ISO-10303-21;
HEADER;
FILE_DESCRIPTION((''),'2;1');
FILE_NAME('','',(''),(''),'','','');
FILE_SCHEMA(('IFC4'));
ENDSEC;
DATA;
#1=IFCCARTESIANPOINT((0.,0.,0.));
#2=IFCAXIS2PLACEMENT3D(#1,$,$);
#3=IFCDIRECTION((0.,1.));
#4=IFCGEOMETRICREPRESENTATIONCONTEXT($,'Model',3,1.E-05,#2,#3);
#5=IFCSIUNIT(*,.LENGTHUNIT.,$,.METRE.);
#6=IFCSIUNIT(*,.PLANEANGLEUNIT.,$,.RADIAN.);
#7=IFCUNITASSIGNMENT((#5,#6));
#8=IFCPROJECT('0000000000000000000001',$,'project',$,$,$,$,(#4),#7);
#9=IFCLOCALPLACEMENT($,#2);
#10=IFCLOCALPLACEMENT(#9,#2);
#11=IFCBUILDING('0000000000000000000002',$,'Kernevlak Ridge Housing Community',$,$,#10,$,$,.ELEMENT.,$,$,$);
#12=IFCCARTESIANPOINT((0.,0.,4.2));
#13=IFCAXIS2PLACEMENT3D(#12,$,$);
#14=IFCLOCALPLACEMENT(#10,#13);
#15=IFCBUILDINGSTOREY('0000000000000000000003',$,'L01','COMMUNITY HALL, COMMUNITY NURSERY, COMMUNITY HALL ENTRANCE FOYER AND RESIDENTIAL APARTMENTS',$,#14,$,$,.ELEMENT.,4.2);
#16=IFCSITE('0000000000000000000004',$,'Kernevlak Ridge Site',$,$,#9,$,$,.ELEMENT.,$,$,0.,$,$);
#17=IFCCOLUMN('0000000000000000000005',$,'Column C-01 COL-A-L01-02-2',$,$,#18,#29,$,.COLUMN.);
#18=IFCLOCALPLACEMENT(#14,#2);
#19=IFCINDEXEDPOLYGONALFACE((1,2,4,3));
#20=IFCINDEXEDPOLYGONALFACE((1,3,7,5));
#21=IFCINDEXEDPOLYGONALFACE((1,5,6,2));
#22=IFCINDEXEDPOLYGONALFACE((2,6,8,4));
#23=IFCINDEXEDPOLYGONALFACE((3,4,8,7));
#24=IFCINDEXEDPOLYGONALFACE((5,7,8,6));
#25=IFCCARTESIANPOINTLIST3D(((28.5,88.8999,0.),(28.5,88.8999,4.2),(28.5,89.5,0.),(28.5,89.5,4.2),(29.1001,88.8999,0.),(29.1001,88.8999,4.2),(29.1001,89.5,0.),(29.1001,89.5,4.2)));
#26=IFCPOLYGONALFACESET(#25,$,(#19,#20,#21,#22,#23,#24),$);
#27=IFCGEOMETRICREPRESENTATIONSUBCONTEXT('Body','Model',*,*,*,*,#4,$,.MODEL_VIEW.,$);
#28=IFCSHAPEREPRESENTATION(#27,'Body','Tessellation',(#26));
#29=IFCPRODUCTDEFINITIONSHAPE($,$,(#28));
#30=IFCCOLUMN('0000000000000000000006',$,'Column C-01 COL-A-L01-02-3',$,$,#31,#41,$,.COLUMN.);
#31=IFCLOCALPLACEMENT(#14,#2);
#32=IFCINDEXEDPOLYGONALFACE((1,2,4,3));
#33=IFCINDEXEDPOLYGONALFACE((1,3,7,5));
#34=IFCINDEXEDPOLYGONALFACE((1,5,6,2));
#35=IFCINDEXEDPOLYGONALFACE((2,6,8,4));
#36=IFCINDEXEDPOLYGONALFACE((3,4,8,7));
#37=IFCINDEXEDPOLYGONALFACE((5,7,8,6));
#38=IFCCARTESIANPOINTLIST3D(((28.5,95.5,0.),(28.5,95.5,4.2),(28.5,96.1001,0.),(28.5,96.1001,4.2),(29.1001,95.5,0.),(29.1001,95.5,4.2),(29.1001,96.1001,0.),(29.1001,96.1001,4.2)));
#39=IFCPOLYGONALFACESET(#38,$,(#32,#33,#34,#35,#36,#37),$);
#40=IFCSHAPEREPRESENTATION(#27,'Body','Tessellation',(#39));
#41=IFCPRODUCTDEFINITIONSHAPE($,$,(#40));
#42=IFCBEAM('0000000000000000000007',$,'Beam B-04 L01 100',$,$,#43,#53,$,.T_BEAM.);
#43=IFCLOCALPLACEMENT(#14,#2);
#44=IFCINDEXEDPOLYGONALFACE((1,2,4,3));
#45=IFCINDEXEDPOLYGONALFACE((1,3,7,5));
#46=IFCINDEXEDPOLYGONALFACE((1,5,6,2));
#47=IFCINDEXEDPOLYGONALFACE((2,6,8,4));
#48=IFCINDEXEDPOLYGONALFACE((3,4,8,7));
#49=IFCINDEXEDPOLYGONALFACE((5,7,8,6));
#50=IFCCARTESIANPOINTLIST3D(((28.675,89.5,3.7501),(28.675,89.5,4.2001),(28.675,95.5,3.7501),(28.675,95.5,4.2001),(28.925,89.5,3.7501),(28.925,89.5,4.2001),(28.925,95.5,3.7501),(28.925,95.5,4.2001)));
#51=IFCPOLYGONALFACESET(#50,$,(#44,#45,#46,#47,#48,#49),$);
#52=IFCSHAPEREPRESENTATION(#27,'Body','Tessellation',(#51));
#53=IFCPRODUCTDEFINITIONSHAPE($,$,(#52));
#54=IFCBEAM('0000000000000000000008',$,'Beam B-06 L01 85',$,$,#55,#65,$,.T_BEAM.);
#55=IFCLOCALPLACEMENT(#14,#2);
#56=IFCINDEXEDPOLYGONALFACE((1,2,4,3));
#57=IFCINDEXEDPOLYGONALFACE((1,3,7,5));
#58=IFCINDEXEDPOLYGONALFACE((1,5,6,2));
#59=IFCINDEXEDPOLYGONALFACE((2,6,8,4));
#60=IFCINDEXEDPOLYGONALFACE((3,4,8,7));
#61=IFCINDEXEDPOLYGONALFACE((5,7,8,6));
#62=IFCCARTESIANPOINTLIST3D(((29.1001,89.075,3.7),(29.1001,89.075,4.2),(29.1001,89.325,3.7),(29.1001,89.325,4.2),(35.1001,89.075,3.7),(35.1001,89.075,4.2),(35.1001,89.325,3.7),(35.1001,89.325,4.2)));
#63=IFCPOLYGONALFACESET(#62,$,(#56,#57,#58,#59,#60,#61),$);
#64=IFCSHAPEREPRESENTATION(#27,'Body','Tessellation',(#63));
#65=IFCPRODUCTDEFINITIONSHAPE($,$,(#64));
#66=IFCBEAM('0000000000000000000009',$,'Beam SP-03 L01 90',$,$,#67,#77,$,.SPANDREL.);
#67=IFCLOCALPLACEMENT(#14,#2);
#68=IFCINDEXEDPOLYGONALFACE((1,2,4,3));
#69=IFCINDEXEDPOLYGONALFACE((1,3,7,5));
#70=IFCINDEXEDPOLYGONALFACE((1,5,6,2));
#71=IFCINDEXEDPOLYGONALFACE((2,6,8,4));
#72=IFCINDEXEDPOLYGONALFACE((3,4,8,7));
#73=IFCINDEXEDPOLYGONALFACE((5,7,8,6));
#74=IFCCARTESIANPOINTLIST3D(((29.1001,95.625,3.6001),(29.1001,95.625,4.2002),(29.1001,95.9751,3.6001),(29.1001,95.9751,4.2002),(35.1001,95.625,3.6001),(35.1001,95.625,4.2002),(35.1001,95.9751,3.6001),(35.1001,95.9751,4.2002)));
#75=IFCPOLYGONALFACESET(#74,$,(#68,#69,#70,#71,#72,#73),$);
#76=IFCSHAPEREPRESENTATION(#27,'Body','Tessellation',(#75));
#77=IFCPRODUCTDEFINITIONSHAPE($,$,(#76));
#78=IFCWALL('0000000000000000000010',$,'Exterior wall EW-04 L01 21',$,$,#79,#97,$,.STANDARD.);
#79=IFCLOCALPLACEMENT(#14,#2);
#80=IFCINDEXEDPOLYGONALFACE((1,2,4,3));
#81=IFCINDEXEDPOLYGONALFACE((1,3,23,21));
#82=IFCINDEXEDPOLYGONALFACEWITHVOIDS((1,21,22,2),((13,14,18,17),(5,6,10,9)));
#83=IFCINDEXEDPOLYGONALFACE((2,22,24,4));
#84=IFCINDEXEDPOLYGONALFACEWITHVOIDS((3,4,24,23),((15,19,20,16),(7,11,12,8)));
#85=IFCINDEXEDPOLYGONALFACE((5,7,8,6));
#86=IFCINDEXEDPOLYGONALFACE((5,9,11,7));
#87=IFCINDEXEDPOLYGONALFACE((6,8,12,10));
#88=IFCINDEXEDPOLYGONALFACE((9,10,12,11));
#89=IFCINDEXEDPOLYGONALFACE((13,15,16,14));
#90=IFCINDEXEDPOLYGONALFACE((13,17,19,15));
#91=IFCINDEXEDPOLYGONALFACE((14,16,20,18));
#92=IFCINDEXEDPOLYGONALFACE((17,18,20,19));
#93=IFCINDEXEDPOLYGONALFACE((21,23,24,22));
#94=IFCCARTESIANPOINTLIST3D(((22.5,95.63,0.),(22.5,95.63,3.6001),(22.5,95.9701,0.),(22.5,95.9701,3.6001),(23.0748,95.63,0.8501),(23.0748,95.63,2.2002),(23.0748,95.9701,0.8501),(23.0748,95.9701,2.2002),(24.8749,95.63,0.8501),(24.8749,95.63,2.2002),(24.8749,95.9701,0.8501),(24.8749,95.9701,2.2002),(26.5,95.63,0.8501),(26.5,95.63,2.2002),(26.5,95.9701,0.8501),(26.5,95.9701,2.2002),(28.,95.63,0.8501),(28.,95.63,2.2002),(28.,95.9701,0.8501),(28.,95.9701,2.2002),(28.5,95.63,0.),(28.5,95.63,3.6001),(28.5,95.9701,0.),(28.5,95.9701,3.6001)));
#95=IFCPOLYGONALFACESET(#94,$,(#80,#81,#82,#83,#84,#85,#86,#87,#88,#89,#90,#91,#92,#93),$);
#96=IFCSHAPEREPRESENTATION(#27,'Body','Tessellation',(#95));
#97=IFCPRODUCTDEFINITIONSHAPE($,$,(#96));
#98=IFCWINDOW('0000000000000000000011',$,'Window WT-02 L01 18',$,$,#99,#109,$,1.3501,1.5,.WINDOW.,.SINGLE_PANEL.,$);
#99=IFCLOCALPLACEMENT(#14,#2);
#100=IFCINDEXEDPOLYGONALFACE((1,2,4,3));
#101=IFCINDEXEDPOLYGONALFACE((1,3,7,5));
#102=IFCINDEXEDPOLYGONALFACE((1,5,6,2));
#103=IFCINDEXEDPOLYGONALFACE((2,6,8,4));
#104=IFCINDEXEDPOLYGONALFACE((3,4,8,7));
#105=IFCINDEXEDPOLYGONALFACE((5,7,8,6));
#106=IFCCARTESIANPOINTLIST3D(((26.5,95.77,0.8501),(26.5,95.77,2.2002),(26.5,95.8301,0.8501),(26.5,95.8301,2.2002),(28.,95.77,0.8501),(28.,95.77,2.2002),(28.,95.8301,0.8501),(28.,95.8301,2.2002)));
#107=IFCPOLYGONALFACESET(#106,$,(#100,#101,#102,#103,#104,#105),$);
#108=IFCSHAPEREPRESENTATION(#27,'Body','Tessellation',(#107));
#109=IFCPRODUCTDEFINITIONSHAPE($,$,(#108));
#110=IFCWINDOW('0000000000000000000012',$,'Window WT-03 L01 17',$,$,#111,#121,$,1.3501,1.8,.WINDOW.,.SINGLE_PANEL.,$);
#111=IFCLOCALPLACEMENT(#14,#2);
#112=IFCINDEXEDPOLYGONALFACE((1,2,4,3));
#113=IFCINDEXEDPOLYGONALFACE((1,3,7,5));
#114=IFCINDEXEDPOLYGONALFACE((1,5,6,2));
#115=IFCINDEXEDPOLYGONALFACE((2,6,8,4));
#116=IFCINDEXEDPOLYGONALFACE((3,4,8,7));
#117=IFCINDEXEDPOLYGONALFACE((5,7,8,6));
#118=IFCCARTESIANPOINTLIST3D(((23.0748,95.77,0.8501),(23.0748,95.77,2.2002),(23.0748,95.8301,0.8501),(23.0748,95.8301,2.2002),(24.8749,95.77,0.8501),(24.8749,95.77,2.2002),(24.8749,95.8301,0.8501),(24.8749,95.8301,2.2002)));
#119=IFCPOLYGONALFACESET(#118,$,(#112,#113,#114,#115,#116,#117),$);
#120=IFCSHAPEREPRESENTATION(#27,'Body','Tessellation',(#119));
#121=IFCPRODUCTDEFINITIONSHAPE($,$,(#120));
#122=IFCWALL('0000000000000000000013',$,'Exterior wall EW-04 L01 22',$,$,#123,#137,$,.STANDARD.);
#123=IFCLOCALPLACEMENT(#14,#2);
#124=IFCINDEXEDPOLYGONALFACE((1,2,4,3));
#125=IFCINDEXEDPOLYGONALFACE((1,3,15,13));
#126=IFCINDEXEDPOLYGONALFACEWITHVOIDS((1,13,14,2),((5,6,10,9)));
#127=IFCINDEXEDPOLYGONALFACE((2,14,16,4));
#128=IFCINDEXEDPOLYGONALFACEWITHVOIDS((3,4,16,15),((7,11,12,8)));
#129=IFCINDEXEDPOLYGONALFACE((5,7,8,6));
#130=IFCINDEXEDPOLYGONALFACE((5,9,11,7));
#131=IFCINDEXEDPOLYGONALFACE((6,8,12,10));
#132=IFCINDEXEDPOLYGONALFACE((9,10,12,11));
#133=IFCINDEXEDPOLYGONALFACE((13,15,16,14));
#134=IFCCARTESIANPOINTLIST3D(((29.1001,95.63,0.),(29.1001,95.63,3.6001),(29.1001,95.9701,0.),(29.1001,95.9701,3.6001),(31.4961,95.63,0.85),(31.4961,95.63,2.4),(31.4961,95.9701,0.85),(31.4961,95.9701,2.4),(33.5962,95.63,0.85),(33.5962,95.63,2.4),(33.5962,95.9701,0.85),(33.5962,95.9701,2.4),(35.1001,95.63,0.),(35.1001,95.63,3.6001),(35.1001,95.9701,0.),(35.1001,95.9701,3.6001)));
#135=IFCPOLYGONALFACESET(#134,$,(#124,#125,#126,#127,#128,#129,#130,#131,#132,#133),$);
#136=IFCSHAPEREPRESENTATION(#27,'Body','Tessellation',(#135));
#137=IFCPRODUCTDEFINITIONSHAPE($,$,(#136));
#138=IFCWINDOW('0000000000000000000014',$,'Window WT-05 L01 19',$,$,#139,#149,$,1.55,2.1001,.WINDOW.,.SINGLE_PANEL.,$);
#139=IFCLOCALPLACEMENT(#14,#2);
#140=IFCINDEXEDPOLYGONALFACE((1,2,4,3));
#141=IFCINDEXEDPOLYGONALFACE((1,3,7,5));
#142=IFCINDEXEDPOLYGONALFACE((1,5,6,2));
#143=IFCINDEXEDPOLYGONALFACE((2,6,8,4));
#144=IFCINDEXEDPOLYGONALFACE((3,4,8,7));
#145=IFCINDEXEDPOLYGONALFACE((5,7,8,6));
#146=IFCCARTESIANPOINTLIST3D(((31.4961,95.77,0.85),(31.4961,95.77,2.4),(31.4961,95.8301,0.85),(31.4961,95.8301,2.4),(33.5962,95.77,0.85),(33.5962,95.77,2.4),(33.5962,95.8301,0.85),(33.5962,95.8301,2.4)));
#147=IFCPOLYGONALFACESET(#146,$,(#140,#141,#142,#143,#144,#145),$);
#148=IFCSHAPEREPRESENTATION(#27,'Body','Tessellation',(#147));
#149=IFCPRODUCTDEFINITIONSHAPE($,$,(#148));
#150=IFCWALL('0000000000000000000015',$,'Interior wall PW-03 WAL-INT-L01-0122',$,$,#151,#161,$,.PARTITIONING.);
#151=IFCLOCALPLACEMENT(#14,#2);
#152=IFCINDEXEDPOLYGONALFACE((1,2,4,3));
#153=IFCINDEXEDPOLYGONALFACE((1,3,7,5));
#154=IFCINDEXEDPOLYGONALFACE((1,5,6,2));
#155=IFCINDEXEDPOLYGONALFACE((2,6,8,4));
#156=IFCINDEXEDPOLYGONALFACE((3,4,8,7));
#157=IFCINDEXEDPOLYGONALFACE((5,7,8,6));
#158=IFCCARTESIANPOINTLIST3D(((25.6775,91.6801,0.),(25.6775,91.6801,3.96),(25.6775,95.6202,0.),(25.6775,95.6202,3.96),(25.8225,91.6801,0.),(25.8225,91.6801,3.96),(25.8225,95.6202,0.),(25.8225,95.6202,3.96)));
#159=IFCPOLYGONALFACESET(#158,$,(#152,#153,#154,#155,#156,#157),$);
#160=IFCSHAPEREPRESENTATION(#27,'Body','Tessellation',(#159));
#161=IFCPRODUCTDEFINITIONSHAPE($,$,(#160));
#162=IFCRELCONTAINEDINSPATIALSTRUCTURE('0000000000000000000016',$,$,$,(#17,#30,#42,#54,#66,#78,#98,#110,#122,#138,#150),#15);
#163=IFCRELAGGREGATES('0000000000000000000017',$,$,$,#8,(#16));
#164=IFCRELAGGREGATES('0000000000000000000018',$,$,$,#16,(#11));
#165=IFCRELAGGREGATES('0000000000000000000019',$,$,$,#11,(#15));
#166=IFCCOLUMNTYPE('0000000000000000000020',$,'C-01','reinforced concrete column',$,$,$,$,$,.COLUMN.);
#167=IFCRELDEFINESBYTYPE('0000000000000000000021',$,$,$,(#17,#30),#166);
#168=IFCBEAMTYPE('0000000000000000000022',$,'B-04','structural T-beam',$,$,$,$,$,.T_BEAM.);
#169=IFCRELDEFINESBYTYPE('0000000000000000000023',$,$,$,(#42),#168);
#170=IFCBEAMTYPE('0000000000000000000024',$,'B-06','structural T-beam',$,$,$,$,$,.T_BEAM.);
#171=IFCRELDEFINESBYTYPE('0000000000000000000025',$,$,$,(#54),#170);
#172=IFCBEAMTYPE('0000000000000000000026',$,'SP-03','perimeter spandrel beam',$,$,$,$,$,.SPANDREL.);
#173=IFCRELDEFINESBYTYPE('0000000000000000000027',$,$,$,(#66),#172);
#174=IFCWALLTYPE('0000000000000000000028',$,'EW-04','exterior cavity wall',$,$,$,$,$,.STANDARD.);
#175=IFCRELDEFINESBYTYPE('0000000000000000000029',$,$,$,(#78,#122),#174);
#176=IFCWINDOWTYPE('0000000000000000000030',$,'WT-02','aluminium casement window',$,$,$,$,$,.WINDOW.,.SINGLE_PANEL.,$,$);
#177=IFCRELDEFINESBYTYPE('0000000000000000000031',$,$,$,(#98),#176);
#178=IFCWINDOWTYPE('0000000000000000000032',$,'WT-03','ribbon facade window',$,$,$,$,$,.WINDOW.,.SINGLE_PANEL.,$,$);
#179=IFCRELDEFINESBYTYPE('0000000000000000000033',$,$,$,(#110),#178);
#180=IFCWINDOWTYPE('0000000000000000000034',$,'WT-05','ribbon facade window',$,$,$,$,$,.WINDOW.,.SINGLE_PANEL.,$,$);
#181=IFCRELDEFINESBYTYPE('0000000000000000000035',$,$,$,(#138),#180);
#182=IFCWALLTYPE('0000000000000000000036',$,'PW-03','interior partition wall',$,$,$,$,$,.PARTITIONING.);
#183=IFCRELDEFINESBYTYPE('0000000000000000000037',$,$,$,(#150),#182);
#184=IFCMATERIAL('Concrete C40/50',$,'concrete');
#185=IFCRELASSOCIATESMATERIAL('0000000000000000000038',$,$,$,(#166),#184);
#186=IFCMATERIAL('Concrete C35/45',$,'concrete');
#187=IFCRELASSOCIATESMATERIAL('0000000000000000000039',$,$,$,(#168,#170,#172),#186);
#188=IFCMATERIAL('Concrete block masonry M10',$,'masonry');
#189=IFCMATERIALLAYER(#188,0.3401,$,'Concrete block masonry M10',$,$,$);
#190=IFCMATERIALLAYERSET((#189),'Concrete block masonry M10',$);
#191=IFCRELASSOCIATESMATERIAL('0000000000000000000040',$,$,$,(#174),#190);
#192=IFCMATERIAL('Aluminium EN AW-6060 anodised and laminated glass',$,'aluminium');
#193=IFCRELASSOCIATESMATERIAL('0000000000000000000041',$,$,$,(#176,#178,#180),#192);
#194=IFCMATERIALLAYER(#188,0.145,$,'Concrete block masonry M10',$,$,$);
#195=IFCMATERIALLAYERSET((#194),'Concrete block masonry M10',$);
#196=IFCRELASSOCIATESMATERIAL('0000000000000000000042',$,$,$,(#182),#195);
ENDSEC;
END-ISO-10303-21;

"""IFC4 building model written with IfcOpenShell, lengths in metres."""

from ifc_helpers import new_model, si_unit, direction, frame, frame_2d, origin, origin_2d, place, context, subcontext, project, spatial, rectangle, extrude, material, layer, layer_set, material_profile, profile_set, type_object, element, fill, save


model = new_model("IFC4")

# Units and contexts
model_context = context("Model", 3, precision=1e-05, world=origin(), true_north=direction((0.0, 1.0)))
body_context = subcontext(model_context, "Body", "Model", "MODEL_VIEW")
ifc_project = project(units=[si_unit("LENGTHUNIT", "METRE"), si_unit("PLANEANGLEUNIT", "RADIAN")], contexts=[model_context])

# Site, building, storey
site_placement = place(None, origin())
site = spatial("IfcSite", under=ifc_project, at=site_placement, Name="Kernevlak Ridge Site", CompositionType="ELEMENT", RefElevation=0.0)
building_placement = place(site_placement, origin())
building = spatial("IfcBuilding", under=site, at=building_placement, Name="Kernevlak Ridge Housing Community", CompositionType="ELEMENT")
storey_placement = place(building_placement, frame((0.0, 0.0, 4.2)))
storey = spatial("IfcBuildingStorey", under=building, at=storey_placement, Name="L01", Description="COMMUNITY HALL, COMMUNITY NURSERY, COMMUNITY HALL ENTRANCE FOYER AND RESIDENTIAL APARTMENTS", CompositionType="ELEMENT", Elevation=4.2)

# Columns
ifc_material_1 = material(Name="Concrete C40/50", Category="concrete")
ifc_material_profile_1 = material_profile(ifc_material_1, rectangle(XDim=0.6001, YDim=0.6001, at=origin_2d()), Name="RC 600x600")
ifc_profile_set_1 = profile_set([ifc_material_profile_1], Name="Concrete C40/50")
column_type = type_object("IfcColumnType", Name="C-01", Description="reinforced concrete column", PredefinedType="COLUMN", material=ifc_profile_set_1)
for number, where, z_axis, x_axis, name in (
    (1, (28.8, 89.2, 0.0), (0.0, 0.0, 1.0), (1.0, 0.0, 0.0), "Column C-01 COL-A-L01-02-2"),
    (2, (28.8, 95.8, 0.0), (0.0, 0.0, 1.0), (1.0, 0.0, 0.0), "Column C-01 COL-A-L01-02-3"),
):
    element("IfcColumn", number, at=place(storey_placement, frame(where, z_axis=z_axis, x_axis=x_axis)), inside=storey, type_object=column_type, Name=name, PredefinedType="COLUMN", context=body_context, shape_type="SweptSolid", body=[
        extrude(rectangle(XDim=0.6001, YDim=0.6001, at=origin_2d()), origin(), (0.0, 0.0, 1.0), 4.2),
    ])

# Beams
ifc_material_2 = material(Name="Concrete C35/45", Category="concrete")
ifc_material_profile_2 = material_profile(ifc_material_2, rectangle(XDim=0.25, YDim=0.45, at=origin_2d()), Name="RC 250x450")
ifc_profile_set_2 = profile_set([ifc_material_profile_2], Name="Concrete C35/45")
beam_type_1 = type_object("IfcBeamType", Name="B-04", Description="structural T-beam", PredefinedType="T_BEAM", material=ifc_profile_set_2)
beam_1_placement = place(storey_placement, frame((28.8, 89.5, 3.9751), z_axis=(0.0, 1.0, 0.0), x_axis=(-1.0, 0.0, 0.0)))
element("IfcBeam", 3, at=beam_1_placement, inside=storey, type_object=beam_type_1, Name="Beam B-04 L01 100", PredefinedType="T_BEAM", context=body_context, shape_type="SweptSolid", body=[
    extrude(rectangle(XDim=0.25, YDim=0.45, at=origin_2d()), origin(), (0.0, 0.0, 1.0), 6.0),
])
ifc_material_profile_3 = material_profile(ifc_material_2, rectangle(XDim=0.25, YDim=0.5, at=origin_2d()), Name="RC 250x500")
ifc_profile_set_3 = profile_set([ifc_material_profile_3], Name="Concrete C35/45")
beam_type_2 = type_object("IfcBeamType", Name="B-06", Description="structural T-beam", PredefinedType="T_BEAM", material=ifc_profile_set_3)
beam_2_placement = place(storey_placement, frame((29.1001, 89.2, 3.95), z_axis=(1.0, 0.0, 0.0), x_axis=(0.0, 1.0, 0.0)))
element("IfcBeam", 4, at=beam_2_placement, inside=storey, type_object=beam_type_2, Name="Beam B-06 L01 85", PredefinedType="T_BEAM", context=body_context, shape_type="SweptSolid", body=[
    extrude(rectangle(XDim=0.25, YDim=0.5, at=origin_2d()), origin(), (0.0, 0.0, 1.0), 6.0),
])
ifc_material_profile_4 = material_profile(ifc_material_2, rectangle(XDim=0.3501, YDim=0.6001, at=origin_2d()), Name="RC 350x600")
ifc_profile_set_4 = profile_set([ifc_material_profile_4], Name="Concrete C35/45")
beam_type_3 = type_object("IfcBeamType", Name="SP-03", Description="perimeter spandrel beam", PredefinedType="SPANDREL", material=ifc_profile_set_4)
beam_3_placement = place(storey_placement, frame((29.1001, 95.8, 3.9001), z_axis=(1.0, 0.0, 0.0), x_axis=(0.0, 1.0, 0.0)))
element("IfcBeam", 5, at=beam_3_placement, inside=storey, type_object=beam_type_3, Name="Beam SP-03 L01 90", PredefinedType="SPANDREL", context=body_context, shape_type="SweptSolid", body=[
    extrude(rectangle(XDim=0.3501, YDim=0.6001, at=origin_2d()), origin(), (0.0, 0.0, 1.0), 6.0),
])

# Wall, openings, windows
ifc_material_3 = material(Name="Concrete block masonry M10", Category="masonry")
ifc_layer_1 = layer(ifc_material_3, 0.3401, Name="Concrete block masonry M10")
ifc_layer_set_1 = layer_set([ifc_layer_1], Name="Concrete block masonry M10")
wall_type_1 = type_object("IfcWallType", Name="EW-04", Description="exterior cavity wall", PredefinedType="STANDARD", material=ifc_layer_set_1)
wall_1_placement = place(storey_placement, frame((22.5, 95.8, 0.0), z_axis=(0.0, 0.0, 1.0), x_axis=(1.0, 0.0, 0.0)))
wall_1 = element("IfcWall", 6, at=wall_1_placement, inside=storey, type_object=wall_type_1, Name="Exterior wall EW-04 L01 21", PredefinedType="STANDARD", context=body_context, shape_type="SweptSolid", body=[
    extrude(rectangle(XDim=6.0, YDim=0.3401, at=frame_2d((3.0, 0.0))), origin(), (0.0, 0.0, 1.0), 3.6001),
])
opening_1_placement = place(wall_1_placement, frame((0.575, 0.0, 0.8501)))
opening_1 = element("IfcOpeningElement", 7, at=opening_1_placement, cuts=wall_1, PredefinedType="OPENING", context=body_context, shape_type="SweptSolid", body=[
    extrude(rectangle(XDim=1.8, YDim=1.3501, at=frame_2d((0.8999, 0.675))), frame((0.0, 0.1799, 0.0), z_axis=(0.0, -1.0, 0.0), x_axis=(1.0, 0.0, 0.0)), (0.0, 0.0, 1.0), 0.3601),
])
opening_2_placement = place(wall_1_placement, frame((4.0, 0.0, 0.8501)))
opening_2 = element("IfcOpeningElement", 8, at=opening_2_placement, cuts=wall_1, PredefinedType="OPENING", context=body_context, shape_type="SweptSolid", body=[
    extrude(rectangle(XDim=1.5, YDim=1.3501, at=frame_2d((0.75, 0.675))), frame((0.0, 0.1799, 0.0), z_axis=(0.0, -1.0, 0.0), x_axis=(1.0, 0.0, 0.0)), (0.0, 0.0, 1.0), 0.3601),
])
ifc_material_4 = material(Name="Aluminium EN AW-6060 anodised and laminated glass", Category="aluminium")
window_type_1 = type_object("IfcWindowType", Name="WT-02", Description="aluminium casement window", PartitioningType="SINGLE_PANEL", PredefinedType="WINDOW", material=ifc_material_4)
window_1_placement = place(opening_2_placement, origin())
window_1 = element("IfcWindow", 9, at=window_1_placement, inside=storey, type_object=window_type_1, Name="Window WT-02 L01 18", OverallHeight=1.3501, OverallWidth=1.5, PartitioningType="SINGLE_PANEL", PredefinedType="WINDOW", context=body_context, shape_type="SweptSolid", body=[
    extrude(rectangle(XDim=1.5, YDim=1.3501, at=frame_2d((0.75, 0.675))), frame((0.0, 0.03, 0.0), z_axis=(0.0, -1.0, 0.0), x_axis=(1.0, 0.0, 0.0)), (0.0, 0.0, 1.0), 0.0601),
])
fill(opening_2, window_1)
window_type_2 = type_object("IfcWindowType", Name="WT-03", Description="ribbon facade window", PartitioningType="SINGLE_PANEL", PredefinedType="WINDOW", material=ifc_material_4)
window_2_placement = place(opening_1_placement, origin())
window_2 = element("IfcWindow", 10, at=window_2_placement, inside=storey, type_object=window_type_2, Name="Window WT-03 L01 17", OverallHeight=1.3501, OverallWidth=1.8, PartitioningType="SINGLE_PANEL", PredefinedType="WINDOW", context=body_context, shape_type="SweptSolid", body=[
    extrude(rectangle(XDim=1.8, YDim=1.3501, at=frame_2d((0.8999, 0.675))), frame((0.0, 0.03, 0.0), z_axis=(0.0, -1.0, 0.0), x_axis=(1.0, 0.0, 0.0)), (0.0, 0.0, 1.0), 0.0601),
])
fill(opening_1, window_2)

# Wall, opening, window
wall_2_placement = place(storey_placement, frame((29.1001, 95.8, 0.0), z_axis=(0.0, 0.0, 1.0), x_axis=(1.0, 0.0, 0.0)))
wall_2 = element("IfcWall", 11, at=wall_2_placement, inside=storey, type_object=wall_type_1, Name="Exterior wall EW-04 L01 22", PredefinedType="STANDARD", context=body_context, shape_type="SweptSolid", body=[
    extrude(rectangle(XDim=6.0, YDim=0.3401, at=frame_2d((3.0, 0.0))), origin(), (0.0, 0.0, 1.0), 3.6001),
])
opening_3_placement = place(wall_2_placement, frame((2.396, 0.0, 0.8501)))
opening_3 = element("IfcOpeningElement", 12, at=opening_3_placement, cuts=wall_2, PredefinedType="OPENING", context=body_context, shape_type="SweptSolid", body=[
    extrude(rectangle(XDim=2.1001, YDim=1.55, at=frame_2d((1.05, 0.7749))), frame((0.0, 0.1799, 0.0), z_axis=(0.0, -1.0, 0.0), x_axis=(1.0, 0.0, 0.0)), (0.0, 0.0, 1.0), 0.3601),
])
window_type_3 = type_object("IfcWindowType", Name="WT-05", Description="ribbon facade window", PartitioningType="SINGLE_PANEL", PredefinedType="WINDOW", material=ifc_material_4)
window_3_placement = place(opening_3_placement, origin())
window_3 = element("IfcWindow", 13, at=window_3_placement, inside=storey, type_object=window_type_3, Name="Window WT-05 L01 19", OverallHeight=1.55, OverallWidth=2.1001, PartitioningType="SINGLE_PANEL", PredefinedType="WINDOW", context=body_context, shape_type="SweptSolid", body=[
    extrude(rectangle(XDim=2.1001, YDim=1.55, at=frame_2d((1.05, 0.7749))), frame((0.0, 0.03, 0.0), z_axis=(0.0, -1.0, 0.0), x_axis=(1.0, 0.0, 0.0)), (0.0, 0.0, 1.0), 0.0601),
])
fill(opening_3, window_3)

# Wall
ifc_layer_2 = layer(ifc_material_3, 0.145, Name="Concrete block masonry M10")
ifc_layer_set_2 = layer_set([ifc_layer_2], Name="Concrete block masonry M10")
wall_type_2 = type_object("IfcWallType", Name="PW-03", Description="interior partition wall", PredefinedType="PARTITIONING", material=ifc_layer_set_2)
wall_3_placement = place(storey_placement, frame((25.75, 91.6799, 0.0), z_axis=(0.0, 0.0, 1.0), x_axis=(0.0, 1.0, 0.0)))
element("IfcWall", 14, at=wall_3_placement, inside=storey, type_object=wall_type_2, Name="Interior wall PW-03 WAL-INT-L01-0122", PredefinedType="PARTITIONING", context=body_context, shape_type="SweptSolid", body=[
    extrude(rectangle(XDim=3.9402, YDim=0.145, at=frame_2d((1.9702, 0.0))), origin(), (0.0, 0.0, 1.0), 3.96),
])

save(model, "model.ifc")
